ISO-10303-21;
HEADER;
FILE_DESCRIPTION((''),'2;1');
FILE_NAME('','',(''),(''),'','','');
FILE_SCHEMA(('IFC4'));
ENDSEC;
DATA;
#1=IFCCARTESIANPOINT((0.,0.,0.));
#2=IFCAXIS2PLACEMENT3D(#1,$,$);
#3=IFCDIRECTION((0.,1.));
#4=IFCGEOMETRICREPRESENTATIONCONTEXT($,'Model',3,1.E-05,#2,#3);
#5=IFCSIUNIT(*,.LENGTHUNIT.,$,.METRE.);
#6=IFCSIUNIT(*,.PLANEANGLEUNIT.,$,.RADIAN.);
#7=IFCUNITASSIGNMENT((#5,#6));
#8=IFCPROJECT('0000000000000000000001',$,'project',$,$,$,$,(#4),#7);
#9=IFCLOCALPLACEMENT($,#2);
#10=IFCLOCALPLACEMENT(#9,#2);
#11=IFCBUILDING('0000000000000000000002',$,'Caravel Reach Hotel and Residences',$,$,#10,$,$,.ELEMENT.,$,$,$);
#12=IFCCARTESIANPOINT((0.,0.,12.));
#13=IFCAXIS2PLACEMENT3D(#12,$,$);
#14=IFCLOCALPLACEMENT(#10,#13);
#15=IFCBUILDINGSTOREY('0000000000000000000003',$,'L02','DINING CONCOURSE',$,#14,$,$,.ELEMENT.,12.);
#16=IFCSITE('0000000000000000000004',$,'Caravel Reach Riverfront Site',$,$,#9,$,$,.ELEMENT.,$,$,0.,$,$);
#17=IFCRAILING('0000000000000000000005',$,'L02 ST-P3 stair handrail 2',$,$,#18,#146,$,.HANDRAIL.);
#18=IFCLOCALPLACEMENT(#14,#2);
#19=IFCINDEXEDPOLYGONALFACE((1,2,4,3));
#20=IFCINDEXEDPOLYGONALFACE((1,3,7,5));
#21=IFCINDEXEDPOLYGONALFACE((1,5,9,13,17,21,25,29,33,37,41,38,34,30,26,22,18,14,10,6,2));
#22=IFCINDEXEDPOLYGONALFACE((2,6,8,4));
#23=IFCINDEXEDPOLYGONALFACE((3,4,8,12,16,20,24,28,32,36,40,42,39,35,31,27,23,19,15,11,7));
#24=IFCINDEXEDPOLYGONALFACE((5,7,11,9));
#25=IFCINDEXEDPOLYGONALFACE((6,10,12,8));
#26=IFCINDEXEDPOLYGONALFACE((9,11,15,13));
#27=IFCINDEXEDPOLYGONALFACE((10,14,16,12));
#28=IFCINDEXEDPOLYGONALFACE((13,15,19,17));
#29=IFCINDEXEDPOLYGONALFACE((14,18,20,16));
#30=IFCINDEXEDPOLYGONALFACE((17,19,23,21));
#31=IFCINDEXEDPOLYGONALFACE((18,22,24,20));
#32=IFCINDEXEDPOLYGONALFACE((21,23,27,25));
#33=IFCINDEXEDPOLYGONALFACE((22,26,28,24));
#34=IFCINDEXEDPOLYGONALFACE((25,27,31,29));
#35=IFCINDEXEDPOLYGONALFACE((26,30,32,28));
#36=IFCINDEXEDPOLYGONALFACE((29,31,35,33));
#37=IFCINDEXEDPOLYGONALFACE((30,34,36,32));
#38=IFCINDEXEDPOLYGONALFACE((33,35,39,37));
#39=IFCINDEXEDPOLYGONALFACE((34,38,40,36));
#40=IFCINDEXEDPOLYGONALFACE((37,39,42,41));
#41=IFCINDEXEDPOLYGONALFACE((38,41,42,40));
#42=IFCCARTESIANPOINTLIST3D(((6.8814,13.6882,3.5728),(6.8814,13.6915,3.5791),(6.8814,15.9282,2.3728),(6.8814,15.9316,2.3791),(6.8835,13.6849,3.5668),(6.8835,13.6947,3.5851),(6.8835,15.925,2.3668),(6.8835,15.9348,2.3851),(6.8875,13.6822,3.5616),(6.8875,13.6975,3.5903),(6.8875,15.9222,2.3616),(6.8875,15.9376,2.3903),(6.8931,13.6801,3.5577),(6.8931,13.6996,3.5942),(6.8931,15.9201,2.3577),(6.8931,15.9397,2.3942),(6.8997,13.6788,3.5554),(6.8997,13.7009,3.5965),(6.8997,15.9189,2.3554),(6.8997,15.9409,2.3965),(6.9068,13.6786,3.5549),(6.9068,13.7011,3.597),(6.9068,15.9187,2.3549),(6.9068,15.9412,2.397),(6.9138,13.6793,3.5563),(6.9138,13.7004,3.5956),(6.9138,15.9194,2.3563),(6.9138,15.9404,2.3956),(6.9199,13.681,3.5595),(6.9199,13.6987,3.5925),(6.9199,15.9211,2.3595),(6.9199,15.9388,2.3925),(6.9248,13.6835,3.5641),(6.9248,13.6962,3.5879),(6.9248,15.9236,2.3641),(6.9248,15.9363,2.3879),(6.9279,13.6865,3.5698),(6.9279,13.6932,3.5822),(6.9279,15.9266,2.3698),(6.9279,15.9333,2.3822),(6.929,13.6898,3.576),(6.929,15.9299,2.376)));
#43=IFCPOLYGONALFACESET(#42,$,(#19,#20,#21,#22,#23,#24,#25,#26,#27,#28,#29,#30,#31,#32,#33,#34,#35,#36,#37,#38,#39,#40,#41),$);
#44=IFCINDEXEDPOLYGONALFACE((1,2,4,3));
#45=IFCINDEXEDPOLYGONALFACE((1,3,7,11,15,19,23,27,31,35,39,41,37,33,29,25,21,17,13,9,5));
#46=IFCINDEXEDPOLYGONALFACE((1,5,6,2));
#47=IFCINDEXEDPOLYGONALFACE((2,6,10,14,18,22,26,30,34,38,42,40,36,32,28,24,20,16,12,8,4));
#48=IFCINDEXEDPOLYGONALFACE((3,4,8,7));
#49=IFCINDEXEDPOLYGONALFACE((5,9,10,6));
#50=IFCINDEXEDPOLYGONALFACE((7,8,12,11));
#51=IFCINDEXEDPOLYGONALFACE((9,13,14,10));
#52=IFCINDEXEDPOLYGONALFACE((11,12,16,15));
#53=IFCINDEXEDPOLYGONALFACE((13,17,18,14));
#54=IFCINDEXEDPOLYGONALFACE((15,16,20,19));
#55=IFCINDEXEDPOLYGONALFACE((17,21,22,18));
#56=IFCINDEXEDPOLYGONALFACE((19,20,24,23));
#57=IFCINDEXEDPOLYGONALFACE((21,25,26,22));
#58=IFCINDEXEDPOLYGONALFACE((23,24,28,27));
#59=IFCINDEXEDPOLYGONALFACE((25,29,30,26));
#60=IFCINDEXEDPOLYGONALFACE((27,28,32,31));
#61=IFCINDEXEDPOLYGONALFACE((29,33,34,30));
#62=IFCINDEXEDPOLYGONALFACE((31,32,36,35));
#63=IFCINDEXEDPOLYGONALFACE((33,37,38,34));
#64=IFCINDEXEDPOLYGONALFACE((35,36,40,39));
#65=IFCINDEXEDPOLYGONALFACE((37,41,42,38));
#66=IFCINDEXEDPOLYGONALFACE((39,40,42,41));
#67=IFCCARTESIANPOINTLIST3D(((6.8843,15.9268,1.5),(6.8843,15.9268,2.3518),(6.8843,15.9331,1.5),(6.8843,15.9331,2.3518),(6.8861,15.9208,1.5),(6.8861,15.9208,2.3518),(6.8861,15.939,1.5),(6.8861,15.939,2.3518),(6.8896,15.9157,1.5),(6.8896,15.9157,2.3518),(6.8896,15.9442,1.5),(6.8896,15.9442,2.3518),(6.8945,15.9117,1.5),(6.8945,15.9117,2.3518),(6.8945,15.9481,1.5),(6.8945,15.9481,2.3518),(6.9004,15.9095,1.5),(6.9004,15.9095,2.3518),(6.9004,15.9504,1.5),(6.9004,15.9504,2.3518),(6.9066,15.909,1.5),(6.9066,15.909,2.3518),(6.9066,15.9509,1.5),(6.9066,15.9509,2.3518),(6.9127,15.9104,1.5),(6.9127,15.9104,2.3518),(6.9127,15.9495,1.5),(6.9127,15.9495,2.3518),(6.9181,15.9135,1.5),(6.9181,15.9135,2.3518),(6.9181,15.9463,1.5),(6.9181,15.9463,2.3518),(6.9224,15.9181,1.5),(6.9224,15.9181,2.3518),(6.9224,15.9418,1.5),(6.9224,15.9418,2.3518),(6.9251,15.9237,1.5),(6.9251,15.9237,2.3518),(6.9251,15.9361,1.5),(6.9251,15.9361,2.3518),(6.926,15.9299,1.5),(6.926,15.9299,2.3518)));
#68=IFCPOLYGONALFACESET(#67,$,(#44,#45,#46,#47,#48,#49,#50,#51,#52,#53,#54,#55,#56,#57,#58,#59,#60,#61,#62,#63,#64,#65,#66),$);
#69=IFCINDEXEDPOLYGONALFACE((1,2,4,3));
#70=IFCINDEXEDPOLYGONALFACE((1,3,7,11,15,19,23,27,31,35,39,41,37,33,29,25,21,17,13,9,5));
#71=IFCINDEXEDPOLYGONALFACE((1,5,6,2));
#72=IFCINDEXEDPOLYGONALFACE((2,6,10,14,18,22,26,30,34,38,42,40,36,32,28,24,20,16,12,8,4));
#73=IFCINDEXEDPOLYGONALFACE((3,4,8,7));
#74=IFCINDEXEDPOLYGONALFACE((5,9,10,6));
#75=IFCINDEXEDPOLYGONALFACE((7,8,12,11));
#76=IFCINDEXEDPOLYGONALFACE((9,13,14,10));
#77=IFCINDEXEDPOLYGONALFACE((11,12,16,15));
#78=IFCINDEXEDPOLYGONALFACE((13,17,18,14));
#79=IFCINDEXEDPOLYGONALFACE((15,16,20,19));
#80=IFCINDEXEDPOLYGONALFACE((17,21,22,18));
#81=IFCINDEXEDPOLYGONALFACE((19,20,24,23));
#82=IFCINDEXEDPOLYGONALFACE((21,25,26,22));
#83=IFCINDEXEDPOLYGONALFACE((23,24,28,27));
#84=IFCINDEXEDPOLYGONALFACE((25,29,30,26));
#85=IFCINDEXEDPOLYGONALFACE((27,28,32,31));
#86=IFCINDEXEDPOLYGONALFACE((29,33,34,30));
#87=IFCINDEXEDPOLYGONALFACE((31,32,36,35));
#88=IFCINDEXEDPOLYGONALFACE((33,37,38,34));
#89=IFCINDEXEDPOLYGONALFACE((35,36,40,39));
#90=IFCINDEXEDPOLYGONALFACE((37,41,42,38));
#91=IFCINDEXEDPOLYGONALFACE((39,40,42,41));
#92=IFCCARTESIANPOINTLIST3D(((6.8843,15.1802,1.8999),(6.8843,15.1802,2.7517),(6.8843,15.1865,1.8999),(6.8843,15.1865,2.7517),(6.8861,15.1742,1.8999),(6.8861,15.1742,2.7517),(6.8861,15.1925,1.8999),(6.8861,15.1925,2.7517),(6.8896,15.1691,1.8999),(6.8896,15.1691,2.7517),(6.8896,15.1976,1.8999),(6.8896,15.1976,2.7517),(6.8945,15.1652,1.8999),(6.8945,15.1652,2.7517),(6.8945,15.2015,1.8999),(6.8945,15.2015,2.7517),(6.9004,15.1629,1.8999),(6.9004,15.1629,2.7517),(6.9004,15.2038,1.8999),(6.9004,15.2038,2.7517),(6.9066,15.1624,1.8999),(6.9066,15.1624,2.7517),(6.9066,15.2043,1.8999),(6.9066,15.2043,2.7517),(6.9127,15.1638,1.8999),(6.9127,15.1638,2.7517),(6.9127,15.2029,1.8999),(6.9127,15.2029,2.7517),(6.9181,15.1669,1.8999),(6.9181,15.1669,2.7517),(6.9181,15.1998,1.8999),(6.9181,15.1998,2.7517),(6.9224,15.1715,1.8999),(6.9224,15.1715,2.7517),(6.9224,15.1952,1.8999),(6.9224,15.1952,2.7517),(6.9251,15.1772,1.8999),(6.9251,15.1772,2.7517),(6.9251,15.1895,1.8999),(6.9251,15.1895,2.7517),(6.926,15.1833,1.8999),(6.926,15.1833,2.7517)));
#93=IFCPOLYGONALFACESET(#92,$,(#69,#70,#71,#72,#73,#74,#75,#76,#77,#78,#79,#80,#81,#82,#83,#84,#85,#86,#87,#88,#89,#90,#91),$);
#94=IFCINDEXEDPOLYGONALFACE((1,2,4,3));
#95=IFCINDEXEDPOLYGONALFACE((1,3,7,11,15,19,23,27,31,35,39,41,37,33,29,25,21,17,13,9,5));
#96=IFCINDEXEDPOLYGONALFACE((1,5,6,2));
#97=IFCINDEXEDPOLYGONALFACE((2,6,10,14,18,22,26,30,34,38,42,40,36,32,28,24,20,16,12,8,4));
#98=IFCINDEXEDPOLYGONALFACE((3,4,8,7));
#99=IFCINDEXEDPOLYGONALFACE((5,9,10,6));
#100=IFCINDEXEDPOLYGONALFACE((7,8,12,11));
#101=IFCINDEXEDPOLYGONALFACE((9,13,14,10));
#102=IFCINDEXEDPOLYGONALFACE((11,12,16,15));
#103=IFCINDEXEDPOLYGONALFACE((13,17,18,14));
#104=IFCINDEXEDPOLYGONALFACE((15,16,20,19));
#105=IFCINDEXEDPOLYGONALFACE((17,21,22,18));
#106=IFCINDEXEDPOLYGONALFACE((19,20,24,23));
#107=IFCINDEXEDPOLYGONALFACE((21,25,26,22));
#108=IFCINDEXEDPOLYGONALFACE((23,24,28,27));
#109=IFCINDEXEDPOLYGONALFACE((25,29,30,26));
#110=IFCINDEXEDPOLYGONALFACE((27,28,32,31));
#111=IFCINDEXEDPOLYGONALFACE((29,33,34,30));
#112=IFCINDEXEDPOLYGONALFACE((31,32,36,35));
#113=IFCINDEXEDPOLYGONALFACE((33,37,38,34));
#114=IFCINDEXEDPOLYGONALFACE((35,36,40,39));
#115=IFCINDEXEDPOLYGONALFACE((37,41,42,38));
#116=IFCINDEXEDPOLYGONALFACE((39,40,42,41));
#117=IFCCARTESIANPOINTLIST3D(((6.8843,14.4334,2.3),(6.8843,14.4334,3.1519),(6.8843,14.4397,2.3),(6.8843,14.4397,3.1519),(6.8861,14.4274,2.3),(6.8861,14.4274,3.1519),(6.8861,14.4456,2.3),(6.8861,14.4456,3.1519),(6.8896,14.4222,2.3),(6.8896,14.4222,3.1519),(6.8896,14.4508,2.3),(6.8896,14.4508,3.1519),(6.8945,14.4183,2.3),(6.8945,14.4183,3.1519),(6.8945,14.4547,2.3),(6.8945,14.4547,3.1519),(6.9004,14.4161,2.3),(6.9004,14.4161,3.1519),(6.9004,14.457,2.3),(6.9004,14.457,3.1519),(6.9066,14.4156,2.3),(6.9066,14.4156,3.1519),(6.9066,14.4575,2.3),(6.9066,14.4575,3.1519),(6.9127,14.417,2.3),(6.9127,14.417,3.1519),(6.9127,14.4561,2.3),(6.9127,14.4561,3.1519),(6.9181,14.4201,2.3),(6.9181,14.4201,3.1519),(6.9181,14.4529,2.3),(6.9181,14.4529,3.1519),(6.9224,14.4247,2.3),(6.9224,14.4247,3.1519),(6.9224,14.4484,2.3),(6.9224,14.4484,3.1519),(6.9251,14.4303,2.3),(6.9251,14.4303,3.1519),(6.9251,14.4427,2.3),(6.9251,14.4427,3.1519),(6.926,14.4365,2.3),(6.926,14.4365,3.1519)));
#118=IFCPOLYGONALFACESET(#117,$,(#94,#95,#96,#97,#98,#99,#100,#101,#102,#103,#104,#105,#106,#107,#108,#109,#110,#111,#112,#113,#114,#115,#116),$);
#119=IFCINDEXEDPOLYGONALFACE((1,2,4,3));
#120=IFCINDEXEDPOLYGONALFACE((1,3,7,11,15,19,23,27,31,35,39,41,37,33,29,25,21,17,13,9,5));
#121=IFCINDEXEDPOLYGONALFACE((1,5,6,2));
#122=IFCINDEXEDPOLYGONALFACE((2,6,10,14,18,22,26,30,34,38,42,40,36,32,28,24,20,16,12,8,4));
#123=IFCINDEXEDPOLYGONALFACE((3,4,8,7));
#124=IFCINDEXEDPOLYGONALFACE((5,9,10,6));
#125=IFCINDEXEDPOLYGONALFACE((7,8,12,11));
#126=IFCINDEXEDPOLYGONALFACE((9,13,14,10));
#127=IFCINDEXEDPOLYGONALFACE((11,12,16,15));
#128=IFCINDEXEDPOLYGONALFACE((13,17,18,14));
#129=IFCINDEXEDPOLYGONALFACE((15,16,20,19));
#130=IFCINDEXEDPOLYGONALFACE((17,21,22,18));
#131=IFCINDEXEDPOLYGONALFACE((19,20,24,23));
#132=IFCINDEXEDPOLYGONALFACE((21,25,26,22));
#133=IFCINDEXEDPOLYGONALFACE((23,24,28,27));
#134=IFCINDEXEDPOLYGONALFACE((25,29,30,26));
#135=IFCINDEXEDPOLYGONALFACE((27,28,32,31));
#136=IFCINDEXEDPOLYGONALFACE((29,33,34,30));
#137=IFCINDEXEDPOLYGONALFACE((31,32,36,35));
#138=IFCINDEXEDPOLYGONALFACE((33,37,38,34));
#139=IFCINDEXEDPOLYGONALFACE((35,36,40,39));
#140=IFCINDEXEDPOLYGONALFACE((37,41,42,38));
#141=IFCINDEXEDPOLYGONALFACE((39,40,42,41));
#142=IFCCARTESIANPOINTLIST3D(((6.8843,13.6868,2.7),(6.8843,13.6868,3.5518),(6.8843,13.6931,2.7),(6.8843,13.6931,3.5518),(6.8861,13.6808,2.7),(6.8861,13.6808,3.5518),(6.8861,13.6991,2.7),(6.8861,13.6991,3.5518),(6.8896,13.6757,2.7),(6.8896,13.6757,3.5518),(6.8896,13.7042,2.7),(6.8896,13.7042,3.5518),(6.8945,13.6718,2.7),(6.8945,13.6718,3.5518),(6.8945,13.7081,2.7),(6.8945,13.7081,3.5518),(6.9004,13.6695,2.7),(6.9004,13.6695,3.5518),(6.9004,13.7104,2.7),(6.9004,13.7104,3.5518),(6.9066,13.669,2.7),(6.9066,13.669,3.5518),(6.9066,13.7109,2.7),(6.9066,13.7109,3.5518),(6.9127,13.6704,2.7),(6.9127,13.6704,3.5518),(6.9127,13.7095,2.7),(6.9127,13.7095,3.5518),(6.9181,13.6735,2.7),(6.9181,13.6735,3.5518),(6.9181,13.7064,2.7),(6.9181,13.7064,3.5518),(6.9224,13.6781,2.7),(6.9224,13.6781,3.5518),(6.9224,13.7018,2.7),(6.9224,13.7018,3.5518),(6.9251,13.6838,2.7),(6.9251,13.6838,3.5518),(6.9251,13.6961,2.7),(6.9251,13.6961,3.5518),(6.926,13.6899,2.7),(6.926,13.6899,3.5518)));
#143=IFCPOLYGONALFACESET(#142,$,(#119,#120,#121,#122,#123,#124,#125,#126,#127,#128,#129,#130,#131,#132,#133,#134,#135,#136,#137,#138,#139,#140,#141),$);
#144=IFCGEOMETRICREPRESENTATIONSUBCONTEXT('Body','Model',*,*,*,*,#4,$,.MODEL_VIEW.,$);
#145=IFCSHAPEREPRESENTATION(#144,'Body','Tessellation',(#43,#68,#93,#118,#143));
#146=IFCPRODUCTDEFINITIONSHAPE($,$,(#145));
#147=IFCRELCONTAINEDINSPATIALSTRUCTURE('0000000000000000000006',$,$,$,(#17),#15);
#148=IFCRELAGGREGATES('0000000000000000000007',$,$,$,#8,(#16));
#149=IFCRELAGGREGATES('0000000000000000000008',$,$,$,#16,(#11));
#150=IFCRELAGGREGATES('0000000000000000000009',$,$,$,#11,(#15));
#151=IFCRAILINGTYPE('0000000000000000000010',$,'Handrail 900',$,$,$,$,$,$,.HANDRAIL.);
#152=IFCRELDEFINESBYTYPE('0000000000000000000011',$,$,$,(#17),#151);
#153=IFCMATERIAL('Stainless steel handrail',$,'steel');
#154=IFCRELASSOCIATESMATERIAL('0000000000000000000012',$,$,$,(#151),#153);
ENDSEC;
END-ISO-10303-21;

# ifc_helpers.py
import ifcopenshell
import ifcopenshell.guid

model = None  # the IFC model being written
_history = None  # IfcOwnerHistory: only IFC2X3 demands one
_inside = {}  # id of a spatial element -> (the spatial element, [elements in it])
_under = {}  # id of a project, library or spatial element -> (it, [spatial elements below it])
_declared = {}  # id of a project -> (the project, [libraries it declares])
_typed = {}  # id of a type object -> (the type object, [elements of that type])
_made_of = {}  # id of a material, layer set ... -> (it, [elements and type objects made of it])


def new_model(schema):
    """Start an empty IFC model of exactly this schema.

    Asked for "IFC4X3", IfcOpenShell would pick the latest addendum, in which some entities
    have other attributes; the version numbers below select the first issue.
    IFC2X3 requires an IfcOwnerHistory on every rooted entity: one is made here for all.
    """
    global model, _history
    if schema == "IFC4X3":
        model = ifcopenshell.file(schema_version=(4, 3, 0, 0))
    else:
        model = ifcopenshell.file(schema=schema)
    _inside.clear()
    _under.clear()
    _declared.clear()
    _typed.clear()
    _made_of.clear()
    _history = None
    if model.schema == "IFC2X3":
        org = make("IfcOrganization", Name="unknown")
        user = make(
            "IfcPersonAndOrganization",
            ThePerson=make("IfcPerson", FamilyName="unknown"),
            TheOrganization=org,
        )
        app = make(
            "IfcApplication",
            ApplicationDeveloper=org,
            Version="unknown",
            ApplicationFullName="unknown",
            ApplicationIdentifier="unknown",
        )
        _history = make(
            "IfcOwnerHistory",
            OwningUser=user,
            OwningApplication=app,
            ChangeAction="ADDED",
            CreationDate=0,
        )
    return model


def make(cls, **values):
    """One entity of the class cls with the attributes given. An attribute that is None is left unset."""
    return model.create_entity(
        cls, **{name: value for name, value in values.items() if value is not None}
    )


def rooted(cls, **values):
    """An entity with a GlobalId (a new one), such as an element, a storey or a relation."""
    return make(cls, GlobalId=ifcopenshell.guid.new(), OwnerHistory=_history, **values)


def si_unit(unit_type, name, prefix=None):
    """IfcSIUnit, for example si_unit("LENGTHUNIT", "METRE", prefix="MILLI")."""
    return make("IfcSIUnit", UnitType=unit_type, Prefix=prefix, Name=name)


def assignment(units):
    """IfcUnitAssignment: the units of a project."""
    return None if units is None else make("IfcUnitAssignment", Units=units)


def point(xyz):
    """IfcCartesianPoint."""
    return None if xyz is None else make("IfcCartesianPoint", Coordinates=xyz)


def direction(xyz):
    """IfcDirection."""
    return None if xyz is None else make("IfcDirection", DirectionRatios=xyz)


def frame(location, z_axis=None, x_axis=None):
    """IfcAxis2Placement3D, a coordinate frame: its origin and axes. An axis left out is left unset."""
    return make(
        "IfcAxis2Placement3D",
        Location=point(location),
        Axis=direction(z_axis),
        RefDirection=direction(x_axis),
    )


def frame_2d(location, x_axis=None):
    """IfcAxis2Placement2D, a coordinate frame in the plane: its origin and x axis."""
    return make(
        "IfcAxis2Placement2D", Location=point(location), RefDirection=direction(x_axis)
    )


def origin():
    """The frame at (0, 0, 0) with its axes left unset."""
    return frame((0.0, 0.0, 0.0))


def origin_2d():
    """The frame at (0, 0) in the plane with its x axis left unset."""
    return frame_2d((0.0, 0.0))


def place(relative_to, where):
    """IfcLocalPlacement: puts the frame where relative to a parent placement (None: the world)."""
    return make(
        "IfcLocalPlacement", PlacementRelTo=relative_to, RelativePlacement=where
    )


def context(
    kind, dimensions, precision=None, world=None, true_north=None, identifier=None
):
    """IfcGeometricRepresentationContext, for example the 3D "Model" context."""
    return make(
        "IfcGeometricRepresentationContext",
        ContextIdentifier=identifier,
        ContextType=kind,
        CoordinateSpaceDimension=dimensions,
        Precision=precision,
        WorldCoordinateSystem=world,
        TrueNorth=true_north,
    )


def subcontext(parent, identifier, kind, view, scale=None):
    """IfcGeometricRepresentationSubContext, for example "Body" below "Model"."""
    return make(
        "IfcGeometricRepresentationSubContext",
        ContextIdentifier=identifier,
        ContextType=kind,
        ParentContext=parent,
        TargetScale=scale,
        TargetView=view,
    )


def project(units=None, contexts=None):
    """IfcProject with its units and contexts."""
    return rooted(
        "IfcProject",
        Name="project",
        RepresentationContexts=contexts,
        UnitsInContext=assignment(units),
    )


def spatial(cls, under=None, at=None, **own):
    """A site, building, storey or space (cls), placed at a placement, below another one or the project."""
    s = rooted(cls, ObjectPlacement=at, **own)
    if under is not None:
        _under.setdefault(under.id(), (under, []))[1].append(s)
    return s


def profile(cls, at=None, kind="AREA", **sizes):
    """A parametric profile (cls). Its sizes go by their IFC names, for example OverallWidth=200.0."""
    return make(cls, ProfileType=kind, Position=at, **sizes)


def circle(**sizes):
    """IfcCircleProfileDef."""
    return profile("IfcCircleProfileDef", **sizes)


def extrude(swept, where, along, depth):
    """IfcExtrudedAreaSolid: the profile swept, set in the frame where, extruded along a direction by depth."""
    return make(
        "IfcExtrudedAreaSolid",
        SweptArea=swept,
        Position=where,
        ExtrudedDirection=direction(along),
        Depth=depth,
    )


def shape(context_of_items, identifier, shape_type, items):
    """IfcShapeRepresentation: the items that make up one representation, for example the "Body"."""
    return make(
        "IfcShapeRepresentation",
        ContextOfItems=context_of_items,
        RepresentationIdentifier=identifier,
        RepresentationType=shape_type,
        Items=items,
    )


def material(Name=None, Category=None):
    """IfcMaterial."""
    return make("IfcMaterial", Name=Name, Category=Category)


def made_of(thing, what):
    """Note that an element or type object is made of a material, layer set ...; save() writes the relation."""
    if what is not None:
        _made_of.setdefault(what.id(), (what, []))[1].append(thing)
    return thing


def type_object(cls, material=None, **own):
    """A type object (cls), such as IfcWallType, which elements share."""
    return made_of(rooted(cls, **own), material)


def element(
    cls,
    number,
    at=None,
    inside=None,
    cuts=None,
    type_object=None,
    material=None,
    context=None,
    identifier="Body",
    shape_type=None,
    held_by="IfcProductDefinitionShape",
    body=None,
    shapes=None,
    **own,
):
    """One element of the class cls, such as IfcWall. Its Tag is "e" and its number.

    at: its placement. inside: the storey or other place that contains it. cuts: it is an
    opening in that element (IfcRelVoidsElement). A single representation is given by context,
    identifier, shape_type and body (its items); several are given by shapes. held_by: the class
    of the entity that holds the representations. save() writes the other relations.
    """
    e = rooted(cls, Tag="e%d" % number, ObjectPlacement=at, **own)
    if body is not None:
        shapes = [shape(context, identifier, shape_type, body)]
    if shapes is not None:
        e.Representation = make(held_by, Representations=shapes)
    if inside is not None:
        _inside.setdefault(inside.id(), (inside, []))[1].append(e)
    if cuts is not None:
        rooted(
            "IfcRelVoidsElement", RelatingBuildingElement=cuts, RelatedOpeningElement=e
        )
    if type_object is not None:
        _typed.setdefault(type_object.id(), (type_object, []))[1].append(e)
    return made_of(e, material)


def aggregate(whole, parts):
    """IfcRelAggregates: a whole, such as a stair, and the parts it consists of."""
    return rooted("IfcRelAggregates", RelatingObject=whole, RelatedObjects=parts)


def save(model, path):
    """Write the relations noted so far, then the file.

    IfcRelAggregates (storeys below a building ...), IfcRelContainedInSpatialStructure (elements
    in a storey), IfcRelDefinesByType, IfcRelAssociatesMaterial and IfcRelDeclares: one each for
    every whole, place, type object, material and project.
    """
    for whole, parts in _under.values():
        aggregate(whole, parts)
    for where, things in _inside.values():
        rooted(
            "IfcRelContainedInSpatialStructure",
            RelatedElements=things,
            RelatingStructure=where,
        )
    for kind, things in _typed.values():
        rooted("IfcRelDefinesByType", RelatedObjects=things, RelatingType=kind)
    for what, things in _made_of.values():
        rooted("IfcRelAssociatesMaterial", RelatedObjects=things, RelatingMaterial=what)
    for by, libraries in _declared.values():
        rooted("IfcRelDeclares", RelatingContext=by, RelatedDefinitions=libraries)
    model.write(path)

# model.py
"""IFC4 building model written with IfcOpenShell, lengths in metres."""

from ifc_helpers import new_model, si_unit, direction, frame, origin, origin_2d, place, context, subcontext, project, spatial, circle, extrude, material, type_object, element, save


model = new_model("IFC4")

# Units and contexts
model_context = context("Model", 3, precision=1e-05, world=origin(), true_north=direction((0.0, 1.0)))
body_context = subcontext(model_context, "Body", "Model", "MODEL_VIEW")
ifc_project = project(units=[si_unit("LENGTHUNIT", "METRE"), si_unit("PLANEANGLEUNIT", "RADIAN")], contexts=[model_context])

# Site, building, storey
site_placement = place(None, origin())
site = spatial("IfcSite", under=ifc_project, at=site_placement, Name="Caravel Reach Riverfront Site", CompositionType="ELEMENT", RefElevation=0.0)
building_placement = place(site_placement, origin())
building = spatial("IfcBuilding", under=site, at=building_placement, Name="Caravel Reach Hotel and Residences", CompositionType="ELEMENT")
storey_placement = place(building_placement, frame((0.0, 0.0, 12.0)))
storey = spatial("IfcBuildingStorey", under=building, at=storey_placement, Name="L02", Description="DINING CONCOURSE", CompositionType="ELEMENT", Elevation=12.0)

# Railing
ifc_material_1 = material(Name="Stainless steel handrail", Category="steel")
railing_type_1 = type_object("IfcRailingType", Name="Handrail 900", PredefinedType="HANDRAIL", material=ifc_material_1)
railing_1_placement = place(storey_placement, frame((6.905, 15.9299, 1.5)))
element("IfcRailing", 1, at=railing_1_placement, inside=storey, type_object=railing_type_1, Name="L02 ST-P3 stair handrail 2", PredefinedType="HANDRAIL", context=body_context, shape_type="SweptSolid", body=[
    extrude(circle(Radius=0.0239, at=origin_2d()), frame((0.0, 0.0, 0.876), z_axis=(0.0, -0.881487, 0.472208), x_axis=(1.0, 0.0, 0.0)), (0.0, 0.0, 1.0), 2.5413),
    extrude(circle(Radius=0.021, at=origin_2d()), origin(), (0.0, 0.0, 1.0), 0.8518),
    extrude(circle(Radius=0.021, at=origin_2d()), frame((0.0, -0.7466, 0.3999)), (0.0, 0.0, 1.0), 0.8518),
    extrude(circle(Radius=0.021, at=origin_2d()), frame((0.0, -1.4934, 0.8)), (0.0, 0.0, 1.0), 0.8518),
    extrude(circle(Radius=0.021, at=origin_2d()), frame((0.0, -2.24, 1.2)), (0.0, 0.0, 1.0), 0.8518),
])

save(model, "model.ifc")
